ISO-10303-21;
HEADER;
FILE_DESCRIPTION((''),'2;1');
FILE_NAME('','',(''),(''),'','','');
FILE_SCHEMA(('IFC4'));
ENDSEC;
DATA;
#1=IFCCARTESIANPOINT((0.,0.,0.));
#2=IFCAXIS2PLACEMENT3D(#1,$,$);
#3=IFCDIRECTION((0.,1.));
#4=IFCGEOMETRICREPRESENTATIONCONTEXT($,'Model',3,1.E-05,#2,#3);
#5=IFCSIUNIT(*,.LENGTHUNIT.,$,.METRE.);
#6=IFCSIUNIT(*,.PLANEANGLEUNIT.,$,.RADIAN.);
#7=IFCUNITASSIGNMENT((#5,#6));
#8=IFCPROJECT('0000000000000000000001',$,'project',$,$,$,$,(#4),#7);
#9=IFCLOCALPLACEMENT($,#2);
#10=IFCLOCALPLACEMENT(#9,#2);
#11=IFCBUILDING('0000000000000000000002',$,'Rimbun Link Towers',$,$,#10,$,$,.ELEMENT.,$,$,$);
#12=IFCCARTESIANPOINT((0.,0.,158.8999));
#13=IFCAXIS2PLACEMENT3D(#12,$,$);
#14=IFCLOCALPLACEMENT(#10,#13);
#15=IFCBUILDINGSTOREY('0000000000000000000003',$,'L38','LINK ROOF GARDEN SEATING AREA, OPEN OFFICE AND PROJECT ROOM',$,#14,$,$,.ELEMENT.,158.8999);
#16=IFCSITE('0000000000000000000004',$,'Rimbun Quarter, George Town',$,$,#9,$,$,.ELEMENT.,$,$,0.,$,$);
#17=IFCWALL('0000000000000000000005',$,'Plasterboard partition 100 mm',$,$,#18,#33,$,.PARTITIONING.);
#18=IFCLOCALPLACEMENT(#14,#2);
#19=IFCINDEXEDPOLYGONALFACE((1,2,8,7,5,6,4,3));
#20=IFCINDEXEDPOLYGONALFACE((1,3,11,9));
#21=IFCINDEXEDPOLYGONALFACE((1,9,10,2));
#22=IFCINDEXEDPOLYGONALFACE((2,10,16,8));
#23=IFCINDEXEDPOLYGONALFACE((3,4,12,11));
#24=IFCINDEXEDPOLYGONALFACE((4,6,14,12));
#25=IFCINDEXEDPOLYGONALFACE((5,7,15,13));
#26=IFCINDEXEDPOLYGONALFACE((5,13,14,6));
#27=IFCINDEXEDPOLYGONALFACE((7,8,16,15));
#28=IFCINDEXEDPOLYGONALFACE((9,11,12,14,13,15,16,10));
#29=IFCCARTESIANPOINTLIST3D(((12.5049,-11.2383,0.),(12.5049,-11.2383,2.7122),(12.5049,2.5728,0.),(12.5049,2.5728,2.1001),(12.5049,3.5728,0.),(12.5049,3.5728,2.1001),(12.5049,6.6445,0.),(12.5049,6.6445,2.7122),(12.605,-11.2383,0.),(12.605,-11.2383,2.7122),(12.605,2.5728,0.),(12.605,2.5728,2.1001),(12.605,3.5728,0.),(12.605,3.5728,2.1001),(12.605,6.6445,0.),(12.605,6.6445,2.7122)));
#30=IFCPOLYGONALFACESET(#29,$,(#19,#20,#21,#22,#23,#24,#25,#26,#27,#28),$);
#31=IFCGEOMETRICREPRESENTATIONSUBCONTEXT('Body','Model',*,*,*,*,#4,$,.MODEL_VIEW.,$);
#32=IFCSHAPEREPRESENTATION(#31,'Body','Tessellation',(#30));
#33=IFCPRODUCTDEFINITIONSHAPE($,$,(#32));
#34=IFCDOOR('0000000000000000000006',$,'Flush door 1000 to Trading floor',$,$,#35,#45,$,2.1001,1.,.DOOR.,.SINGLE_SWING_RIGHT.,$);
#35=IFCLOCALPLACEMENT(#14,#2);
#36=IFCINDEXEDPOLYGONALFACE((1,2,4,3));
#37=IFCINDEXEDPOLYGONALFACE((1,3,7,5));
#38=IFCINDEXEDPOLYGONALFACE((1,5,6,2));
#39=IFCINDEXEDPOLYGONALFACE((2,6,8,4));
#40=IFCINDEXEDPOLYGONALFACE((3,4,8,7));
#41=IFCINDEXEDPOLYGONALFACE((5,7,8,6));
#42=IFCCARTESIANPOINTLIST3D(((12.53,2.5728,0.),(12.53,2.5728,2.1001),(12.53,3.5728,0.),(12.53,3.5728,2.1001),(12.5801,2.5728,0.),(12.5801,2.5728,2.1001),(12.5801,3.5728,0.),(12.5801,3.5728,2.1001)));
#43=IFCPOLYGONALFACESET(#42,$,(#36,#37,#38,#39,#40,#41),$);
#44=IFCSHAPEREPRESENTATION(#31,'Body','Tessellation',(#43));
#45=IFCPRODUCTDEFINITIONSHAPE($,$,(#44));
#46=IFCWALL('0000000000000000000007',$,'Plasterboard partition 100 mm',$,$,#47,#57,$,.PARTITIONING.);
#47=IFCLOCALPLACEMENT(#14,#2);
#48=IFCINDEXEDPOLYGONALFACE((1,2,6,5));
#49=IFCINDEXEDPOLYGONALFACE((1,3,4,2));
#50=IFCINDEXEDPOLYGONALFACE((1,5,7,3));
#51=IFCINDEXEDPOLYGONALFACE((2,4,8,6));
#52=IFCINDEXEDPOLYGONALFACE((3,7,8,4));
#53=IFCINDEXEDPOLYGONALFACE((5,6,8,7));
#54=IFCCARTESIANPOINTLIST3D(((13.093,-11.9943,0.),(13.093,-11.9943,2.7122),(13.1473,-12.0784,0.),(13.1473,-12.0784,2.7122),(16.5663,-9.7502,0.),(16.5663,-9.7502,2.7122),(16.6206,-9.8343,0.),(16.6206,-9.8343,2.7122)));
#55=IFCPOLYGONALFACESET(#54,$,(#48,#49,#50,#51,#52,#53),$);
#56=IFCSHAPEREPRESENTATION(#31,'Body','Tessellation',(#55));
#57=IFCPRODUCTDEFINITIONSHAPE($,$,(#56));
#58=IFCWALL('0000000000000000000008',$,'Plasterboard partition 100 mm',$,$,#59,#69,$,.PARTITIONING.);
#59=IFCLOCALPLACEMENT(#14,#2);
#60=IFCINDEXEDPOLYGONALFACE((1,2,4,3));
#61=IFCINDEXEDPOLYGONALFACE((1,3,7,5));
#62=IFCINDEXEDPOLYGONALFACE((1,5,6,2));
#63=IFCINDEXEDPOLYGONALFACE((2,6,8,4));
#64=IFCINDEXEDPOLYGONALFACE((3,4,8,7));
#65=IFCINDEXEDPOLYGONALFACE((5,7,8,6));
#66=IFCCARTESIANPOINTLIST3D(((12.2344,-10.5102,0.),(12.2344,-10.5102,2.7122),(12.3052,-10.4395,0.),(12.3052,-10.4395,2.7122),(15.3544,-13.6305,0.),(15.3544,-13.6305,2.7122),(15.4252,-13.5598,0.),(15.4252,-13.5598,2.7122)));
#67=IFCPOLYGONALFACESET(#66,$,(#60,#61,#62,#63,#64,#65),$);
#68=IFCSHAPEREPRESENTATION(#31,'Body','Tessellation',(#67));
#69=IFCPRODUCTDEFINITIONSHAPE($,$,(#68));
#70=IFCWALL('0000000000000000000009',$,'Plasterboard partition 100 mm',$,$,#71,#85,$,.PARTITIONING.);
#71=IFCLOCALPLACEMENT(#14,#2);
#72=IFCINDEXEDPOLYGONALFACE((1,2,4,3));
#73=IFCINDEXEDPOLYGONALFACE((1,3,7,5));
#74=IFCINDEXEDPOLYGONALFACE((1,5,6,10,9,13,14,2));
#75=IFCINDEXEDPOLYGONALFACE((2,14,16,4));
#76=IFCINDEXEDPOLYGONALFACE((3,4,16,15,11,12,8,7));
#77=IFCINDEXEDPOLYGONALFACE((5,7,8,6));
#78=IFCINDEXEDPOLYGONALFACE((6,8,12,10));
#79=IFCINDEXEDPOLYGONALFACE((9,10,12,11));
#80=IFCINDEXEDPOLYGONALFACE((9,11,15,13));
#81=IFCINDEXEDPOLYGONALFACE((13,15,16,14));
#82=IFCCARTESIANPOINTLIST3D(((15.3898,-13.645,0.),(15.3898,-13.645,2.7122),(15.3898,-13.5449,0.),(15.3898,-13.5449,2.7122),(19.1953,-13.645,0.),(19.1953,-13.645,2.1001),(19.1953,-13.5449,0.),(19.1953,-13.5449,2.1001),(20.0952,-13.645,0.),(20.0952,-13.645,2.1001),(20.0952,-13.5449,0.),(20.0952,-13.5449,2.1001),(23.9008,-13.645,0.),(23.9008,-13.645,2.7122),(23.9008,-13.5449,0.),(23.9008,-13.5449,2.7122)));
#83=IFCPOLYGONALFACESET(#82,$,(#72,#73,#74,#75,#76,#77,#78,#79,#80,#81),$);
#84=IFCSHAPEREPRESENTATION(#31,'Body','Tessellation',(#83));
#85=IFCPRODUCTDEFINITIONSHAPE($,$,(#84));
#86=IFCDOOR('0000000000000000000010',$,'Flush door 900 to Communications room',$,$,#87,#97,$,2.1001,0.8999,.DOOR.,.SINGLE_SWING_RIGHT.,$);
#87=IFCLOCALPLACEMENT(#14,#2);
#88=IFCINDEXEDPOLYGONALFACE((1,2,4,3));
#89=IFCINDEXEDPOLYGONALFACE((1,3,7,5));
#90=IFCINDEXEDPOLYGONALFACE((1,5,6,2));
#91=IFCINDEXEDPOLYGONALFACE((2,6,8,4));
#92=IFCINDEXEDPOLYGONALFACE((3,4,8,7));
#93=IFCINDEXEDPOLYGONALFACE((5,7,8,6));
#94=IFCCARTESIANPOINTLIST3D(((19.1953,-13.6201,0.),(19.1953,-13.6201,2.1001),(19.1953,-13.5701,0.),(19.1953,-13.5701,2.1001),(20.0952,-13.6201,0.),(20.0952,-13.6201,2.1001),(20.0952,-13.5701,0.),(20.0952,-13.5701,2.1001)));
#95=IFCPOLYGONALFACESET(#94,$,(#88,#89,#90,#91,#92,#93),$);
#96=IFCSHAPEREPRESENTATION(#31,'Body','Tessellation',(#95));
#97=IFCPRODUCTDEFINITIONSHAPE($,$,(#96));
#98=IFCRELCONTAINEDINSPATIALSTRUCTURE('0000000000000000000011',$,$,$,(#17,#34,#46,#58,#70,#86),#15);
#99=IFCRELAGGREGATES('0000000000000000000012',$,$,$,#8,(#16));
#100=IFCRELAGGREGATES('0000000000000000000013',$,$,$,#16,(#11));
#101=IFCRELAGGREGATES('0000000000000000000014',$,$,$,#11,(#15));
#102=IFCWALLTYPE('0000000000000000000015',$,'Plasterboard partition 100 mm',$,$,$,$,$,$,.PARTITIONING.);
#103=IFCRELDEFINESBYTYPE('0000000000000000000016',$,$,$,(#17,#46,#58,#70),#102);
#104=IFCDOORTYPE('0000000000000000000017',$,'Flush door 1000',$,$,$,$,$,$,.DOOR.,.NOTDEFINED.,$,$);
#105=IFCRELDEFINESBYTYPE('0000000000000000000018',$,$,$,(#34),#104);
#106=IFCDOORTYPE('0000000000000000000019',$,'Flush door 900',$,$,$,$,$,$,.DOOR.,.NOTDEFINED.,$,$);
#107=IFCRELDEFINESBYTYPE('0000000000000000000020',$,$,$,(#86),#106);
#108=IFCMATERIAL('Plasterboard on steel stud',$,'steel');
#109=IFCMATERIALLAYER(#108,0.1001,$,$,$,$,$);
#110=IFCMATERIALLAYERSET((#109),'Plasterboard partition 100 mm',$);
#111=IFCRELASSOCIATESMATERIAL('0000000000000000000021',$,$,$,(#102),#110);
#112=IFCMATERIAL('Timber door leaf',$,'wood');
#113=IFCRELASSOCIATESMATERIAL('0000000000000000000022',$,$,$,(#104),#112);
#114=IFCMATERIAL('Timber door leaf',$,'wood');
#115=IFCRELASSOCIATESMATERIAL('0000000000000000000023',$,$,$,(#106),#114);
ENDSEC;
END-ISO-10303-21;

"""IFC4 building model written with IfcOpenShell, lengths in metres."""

from ifc_helpers import new_model, si_unit, direction, frame, frame_2d, origin, place, context, subcontext, project, spatial, rectangle, extrude, material, layer, layer_set, type_object, element, fill, save


model = new_model("IFC4")

# Units and contexts
model_context = context("Model", 3, precision=1e-05, world=origin(), true_north=direction((0.0, 1.0)))
body_context = subcontext(model_context, "Body", "Model", "MODEL_VIEW")
ifc_project = project(units=[si_unit("LENGTHUNIT", "METRE"), si_unit("PLANEANGLEUNIT", "RADIAN")], contexts=[model_context])

# Site, building, storey
site_placement = place(None, origin())
site = spatial("IfcSite", under=ifc_project, at=site_placement, Name="Rimbun Quarter, George Town", CompositionType="ELEMENT", RefElevation=0.0)
building_placement = place(site_placement, origin())
building = spatial("IfcBuilding", under=site, at=building_placement, Name="Rimbun Link Towers", CompositionType="ELEMENT")
storey_placement = place(building_placement, frame((0.0, 0.0, 158.8999)))
storey = spatial("IfcBuildingStorey", under=building, at=storey_placement, Name="L38", Description="LINK ROOF GARDEN SEATING AREA, OPEN OFFICE AND PROJECT ROOM", CompositionType="ELEMENT", Elevation=158.8999)

# Wall, opening, door
ifc_material_1 = material(Name="Plasterboard on steel stud", Category="steel")
ifc_layer_1 = layer(ifc_material_1, 0.1001)
ifc_layer_set_1 = layer_set([ifc_layer_1], Name="Plasterboard partition 100 mm")
wall_type = type_object("IfcWallType", Name="Plasterboard partition 100 mm", PredefinedType="PARTITIONING", material=ifc_layer_set_1)
wall_1_placement = place(storey_placement, frame((12.5549, -11.2383, 0.0), z_axis=(0.0, 0.0, 1.0), x_axis=(0.0, 1.0, 0.0)))
wall_1 = element("IfcWall", 1, at=wall_1_placement, inside=storey, type_object=wall_type, Name="Plasterboard partition 100 mm", PredefinedType="PARTITIONING", context=body_context, shape_type="SweptSolid", body=[
    extrude(rectangle(XDim=17.8828, YDim=0.1001, at=frame_2d((8.9414, 0.0))), origin(), (0.0, 0.0, 1.0), 2.7122),
])
opening_1_placement = place(wall_1_placement, frame((13.811, 0.0, 0.0)))
opening_1 = element("IfcOpeningElement", 2, at=opening_1_placement, cuts=wall_1, PredefinedType="OPENING", context=body_context, shape_type="SweptSolid", body=[
    extrude(rectangle(XDim=1.0, YDim=2.1001, at=frame_2d((0.5, 1.05))), frame((0.0, 0.0601, 0.0), z_axis=(0.0, -1.0, 0.0), x_axis=(1.0, 0.0, 0.0)), (0.0, 0.0, 1.0), 0.1201),
])
ifc_material_2 = material(Name="Timber door leaf", Category="wood")
door_type_1 = type_object("IfcDoorType", Name="Flush door 1000", OperationType="NOTDEFINED", PredefinedType="DOOR", material=ifc_material_2)
door_1_placement = place(opening_1_placement, origin())
door_1 = element("IfcDoor", 3, at=door_1_placement, inside=storey, type_object=door_type_1, Name="Flush door 1000 to Trading floor", OperationType="SINGLE_SWING_RIGHT", OverallHeight=2.1001, OverallWidth=1.0, PredefinedType="DOOR", context=body_context, shape_type="SweptSolid", body=[
    extrude(rectangle(XDim=1.0, YDim=2.1001, at=frame_2d((0.5, 1.05))), frame((0.0, 0.0249, 0.0), z_axis=(0.0, -1.0, 0.0), x_axis=(1.0, 0.0, 0.0)), (0.0, 0.0, 1.0), 0.05),
])
fill(opening_1, door_1)

# Walls
wall_2_placement = place(storey_placement, frame((13.1201, -12.0364, 0.0), z_axis=(0.0, 0.0, 1.0), x_axis=(0.839939, 0.542681, 0.0)))
element("IfcWall", 4, at=wall_2_placement, inside=storey, type_object=wall_type, Name="Plasterboard partition 100 mm", PredefinedType="PARTITIONING", context=body_context, shape_type="SweptSolid", body=[
    extrude(rectangle(XDim=4.1353, YDim=0.1001, at=frame_2d((2.0676, 0.0))), origin(), (0.0, 0.0, 1.0), 2.7122),
])
wall_3_placement = place(storey_placement, frame((12.2698, -10.4749, 0.0), z_axis=(0.0, 0.0, 1.0), x_axis=(0.707079, -0.707134, 0.0)))
element("IfcWall", 5, at=wall_3_placement, inside=storey, type_object=wall_type, Name="Plasterboard partition 100 mm", PredefinedType="PARTITIONING", context=body_context, shape_type="SweptSolid", body=[
    extrude(rectangle(XDim=4.4126, YDim=0.1001, at=frame_2d((2.2063, 0.0))), origin(), (0.0, 0.0, 1.0), 2.7122),
])

# Wall, opening, door
wall_4_placement = place(storey_placement, frame((15.3899, -13.595, 0.0), z_axis=(0.0, 0.0, 1.0), x_axis=(1.0, 0.0, 0.0)))
wall_4 = element("IfcWall", 6, at=wall_4_placement, inside=storey, type_object=wall_type, Name="Plasterboard partition 100 mm", PredefinedType="PARTITIONING", context=body_context, shape_type="SweptSolid", body=[
    extrude(rectangle(XDim=8.511, YDim=0.1001, at=frame_2d((4.2554, 0.0))), origin(), (0.0, 0.0, 1.0), 2.7122),
])
opening_2_placement = place(wall_4_placement, frame((3.8054, 0.0, 0.0)))
opening_2 = element("IfcOpeningElement", 7, at=opening_2_placement, cuts=wall_4, PredefinedType="OPENING", context=body_context, shape_type="SweptSolid", body=[
    extrude(rectangle(XDim=0.8999, YDim=2.1001, at=frame_2d((0.45, 1.05))), frame((0.0, 0.0601, 0.0), z_axis=(0.0, -1.0, 0.0), x_axis=(1.0, 0.0, 0.0)), (0.0, 0.0, 1.0), 0.1201),
])
ifc_material_3 = material(Name="Timber door leaf", Category="wood")
door_type_2 = type_object("IfcDoorType", Name="Flush door 900", OperationType="NOTDEFINED", PredefinedType="DOOR", material=ifc_material_3)
door_2_placement = place(opening_2_placement, origin())
door_2 = element("IfcDoor", 8, at=door_2_placement, inside=storey, type_object=door_type_2, Name="Flush door 900 to Communications room", OperationType="SINGLE_SWING_RIGHT", OverallHeight=2.1001, OverallWidth=0.8999, PredefinedType="DOOR", context=body_context, shape_type="SweptSolid", body=[
    extrude(rectangle(XDim=0.8999, YDim=2.1001, at=frame_2d((0.45, 1.05))), frame((0.0, 0.0249, 0.0), z_axis=(0.0, -1.0, 0.0), x_axis=(1.0, 0.0, 0.0)), (0.0, 0.0, 1.0), 0.05),
])
fill(opening_2, door_2)

save(model, "model.ifc")
